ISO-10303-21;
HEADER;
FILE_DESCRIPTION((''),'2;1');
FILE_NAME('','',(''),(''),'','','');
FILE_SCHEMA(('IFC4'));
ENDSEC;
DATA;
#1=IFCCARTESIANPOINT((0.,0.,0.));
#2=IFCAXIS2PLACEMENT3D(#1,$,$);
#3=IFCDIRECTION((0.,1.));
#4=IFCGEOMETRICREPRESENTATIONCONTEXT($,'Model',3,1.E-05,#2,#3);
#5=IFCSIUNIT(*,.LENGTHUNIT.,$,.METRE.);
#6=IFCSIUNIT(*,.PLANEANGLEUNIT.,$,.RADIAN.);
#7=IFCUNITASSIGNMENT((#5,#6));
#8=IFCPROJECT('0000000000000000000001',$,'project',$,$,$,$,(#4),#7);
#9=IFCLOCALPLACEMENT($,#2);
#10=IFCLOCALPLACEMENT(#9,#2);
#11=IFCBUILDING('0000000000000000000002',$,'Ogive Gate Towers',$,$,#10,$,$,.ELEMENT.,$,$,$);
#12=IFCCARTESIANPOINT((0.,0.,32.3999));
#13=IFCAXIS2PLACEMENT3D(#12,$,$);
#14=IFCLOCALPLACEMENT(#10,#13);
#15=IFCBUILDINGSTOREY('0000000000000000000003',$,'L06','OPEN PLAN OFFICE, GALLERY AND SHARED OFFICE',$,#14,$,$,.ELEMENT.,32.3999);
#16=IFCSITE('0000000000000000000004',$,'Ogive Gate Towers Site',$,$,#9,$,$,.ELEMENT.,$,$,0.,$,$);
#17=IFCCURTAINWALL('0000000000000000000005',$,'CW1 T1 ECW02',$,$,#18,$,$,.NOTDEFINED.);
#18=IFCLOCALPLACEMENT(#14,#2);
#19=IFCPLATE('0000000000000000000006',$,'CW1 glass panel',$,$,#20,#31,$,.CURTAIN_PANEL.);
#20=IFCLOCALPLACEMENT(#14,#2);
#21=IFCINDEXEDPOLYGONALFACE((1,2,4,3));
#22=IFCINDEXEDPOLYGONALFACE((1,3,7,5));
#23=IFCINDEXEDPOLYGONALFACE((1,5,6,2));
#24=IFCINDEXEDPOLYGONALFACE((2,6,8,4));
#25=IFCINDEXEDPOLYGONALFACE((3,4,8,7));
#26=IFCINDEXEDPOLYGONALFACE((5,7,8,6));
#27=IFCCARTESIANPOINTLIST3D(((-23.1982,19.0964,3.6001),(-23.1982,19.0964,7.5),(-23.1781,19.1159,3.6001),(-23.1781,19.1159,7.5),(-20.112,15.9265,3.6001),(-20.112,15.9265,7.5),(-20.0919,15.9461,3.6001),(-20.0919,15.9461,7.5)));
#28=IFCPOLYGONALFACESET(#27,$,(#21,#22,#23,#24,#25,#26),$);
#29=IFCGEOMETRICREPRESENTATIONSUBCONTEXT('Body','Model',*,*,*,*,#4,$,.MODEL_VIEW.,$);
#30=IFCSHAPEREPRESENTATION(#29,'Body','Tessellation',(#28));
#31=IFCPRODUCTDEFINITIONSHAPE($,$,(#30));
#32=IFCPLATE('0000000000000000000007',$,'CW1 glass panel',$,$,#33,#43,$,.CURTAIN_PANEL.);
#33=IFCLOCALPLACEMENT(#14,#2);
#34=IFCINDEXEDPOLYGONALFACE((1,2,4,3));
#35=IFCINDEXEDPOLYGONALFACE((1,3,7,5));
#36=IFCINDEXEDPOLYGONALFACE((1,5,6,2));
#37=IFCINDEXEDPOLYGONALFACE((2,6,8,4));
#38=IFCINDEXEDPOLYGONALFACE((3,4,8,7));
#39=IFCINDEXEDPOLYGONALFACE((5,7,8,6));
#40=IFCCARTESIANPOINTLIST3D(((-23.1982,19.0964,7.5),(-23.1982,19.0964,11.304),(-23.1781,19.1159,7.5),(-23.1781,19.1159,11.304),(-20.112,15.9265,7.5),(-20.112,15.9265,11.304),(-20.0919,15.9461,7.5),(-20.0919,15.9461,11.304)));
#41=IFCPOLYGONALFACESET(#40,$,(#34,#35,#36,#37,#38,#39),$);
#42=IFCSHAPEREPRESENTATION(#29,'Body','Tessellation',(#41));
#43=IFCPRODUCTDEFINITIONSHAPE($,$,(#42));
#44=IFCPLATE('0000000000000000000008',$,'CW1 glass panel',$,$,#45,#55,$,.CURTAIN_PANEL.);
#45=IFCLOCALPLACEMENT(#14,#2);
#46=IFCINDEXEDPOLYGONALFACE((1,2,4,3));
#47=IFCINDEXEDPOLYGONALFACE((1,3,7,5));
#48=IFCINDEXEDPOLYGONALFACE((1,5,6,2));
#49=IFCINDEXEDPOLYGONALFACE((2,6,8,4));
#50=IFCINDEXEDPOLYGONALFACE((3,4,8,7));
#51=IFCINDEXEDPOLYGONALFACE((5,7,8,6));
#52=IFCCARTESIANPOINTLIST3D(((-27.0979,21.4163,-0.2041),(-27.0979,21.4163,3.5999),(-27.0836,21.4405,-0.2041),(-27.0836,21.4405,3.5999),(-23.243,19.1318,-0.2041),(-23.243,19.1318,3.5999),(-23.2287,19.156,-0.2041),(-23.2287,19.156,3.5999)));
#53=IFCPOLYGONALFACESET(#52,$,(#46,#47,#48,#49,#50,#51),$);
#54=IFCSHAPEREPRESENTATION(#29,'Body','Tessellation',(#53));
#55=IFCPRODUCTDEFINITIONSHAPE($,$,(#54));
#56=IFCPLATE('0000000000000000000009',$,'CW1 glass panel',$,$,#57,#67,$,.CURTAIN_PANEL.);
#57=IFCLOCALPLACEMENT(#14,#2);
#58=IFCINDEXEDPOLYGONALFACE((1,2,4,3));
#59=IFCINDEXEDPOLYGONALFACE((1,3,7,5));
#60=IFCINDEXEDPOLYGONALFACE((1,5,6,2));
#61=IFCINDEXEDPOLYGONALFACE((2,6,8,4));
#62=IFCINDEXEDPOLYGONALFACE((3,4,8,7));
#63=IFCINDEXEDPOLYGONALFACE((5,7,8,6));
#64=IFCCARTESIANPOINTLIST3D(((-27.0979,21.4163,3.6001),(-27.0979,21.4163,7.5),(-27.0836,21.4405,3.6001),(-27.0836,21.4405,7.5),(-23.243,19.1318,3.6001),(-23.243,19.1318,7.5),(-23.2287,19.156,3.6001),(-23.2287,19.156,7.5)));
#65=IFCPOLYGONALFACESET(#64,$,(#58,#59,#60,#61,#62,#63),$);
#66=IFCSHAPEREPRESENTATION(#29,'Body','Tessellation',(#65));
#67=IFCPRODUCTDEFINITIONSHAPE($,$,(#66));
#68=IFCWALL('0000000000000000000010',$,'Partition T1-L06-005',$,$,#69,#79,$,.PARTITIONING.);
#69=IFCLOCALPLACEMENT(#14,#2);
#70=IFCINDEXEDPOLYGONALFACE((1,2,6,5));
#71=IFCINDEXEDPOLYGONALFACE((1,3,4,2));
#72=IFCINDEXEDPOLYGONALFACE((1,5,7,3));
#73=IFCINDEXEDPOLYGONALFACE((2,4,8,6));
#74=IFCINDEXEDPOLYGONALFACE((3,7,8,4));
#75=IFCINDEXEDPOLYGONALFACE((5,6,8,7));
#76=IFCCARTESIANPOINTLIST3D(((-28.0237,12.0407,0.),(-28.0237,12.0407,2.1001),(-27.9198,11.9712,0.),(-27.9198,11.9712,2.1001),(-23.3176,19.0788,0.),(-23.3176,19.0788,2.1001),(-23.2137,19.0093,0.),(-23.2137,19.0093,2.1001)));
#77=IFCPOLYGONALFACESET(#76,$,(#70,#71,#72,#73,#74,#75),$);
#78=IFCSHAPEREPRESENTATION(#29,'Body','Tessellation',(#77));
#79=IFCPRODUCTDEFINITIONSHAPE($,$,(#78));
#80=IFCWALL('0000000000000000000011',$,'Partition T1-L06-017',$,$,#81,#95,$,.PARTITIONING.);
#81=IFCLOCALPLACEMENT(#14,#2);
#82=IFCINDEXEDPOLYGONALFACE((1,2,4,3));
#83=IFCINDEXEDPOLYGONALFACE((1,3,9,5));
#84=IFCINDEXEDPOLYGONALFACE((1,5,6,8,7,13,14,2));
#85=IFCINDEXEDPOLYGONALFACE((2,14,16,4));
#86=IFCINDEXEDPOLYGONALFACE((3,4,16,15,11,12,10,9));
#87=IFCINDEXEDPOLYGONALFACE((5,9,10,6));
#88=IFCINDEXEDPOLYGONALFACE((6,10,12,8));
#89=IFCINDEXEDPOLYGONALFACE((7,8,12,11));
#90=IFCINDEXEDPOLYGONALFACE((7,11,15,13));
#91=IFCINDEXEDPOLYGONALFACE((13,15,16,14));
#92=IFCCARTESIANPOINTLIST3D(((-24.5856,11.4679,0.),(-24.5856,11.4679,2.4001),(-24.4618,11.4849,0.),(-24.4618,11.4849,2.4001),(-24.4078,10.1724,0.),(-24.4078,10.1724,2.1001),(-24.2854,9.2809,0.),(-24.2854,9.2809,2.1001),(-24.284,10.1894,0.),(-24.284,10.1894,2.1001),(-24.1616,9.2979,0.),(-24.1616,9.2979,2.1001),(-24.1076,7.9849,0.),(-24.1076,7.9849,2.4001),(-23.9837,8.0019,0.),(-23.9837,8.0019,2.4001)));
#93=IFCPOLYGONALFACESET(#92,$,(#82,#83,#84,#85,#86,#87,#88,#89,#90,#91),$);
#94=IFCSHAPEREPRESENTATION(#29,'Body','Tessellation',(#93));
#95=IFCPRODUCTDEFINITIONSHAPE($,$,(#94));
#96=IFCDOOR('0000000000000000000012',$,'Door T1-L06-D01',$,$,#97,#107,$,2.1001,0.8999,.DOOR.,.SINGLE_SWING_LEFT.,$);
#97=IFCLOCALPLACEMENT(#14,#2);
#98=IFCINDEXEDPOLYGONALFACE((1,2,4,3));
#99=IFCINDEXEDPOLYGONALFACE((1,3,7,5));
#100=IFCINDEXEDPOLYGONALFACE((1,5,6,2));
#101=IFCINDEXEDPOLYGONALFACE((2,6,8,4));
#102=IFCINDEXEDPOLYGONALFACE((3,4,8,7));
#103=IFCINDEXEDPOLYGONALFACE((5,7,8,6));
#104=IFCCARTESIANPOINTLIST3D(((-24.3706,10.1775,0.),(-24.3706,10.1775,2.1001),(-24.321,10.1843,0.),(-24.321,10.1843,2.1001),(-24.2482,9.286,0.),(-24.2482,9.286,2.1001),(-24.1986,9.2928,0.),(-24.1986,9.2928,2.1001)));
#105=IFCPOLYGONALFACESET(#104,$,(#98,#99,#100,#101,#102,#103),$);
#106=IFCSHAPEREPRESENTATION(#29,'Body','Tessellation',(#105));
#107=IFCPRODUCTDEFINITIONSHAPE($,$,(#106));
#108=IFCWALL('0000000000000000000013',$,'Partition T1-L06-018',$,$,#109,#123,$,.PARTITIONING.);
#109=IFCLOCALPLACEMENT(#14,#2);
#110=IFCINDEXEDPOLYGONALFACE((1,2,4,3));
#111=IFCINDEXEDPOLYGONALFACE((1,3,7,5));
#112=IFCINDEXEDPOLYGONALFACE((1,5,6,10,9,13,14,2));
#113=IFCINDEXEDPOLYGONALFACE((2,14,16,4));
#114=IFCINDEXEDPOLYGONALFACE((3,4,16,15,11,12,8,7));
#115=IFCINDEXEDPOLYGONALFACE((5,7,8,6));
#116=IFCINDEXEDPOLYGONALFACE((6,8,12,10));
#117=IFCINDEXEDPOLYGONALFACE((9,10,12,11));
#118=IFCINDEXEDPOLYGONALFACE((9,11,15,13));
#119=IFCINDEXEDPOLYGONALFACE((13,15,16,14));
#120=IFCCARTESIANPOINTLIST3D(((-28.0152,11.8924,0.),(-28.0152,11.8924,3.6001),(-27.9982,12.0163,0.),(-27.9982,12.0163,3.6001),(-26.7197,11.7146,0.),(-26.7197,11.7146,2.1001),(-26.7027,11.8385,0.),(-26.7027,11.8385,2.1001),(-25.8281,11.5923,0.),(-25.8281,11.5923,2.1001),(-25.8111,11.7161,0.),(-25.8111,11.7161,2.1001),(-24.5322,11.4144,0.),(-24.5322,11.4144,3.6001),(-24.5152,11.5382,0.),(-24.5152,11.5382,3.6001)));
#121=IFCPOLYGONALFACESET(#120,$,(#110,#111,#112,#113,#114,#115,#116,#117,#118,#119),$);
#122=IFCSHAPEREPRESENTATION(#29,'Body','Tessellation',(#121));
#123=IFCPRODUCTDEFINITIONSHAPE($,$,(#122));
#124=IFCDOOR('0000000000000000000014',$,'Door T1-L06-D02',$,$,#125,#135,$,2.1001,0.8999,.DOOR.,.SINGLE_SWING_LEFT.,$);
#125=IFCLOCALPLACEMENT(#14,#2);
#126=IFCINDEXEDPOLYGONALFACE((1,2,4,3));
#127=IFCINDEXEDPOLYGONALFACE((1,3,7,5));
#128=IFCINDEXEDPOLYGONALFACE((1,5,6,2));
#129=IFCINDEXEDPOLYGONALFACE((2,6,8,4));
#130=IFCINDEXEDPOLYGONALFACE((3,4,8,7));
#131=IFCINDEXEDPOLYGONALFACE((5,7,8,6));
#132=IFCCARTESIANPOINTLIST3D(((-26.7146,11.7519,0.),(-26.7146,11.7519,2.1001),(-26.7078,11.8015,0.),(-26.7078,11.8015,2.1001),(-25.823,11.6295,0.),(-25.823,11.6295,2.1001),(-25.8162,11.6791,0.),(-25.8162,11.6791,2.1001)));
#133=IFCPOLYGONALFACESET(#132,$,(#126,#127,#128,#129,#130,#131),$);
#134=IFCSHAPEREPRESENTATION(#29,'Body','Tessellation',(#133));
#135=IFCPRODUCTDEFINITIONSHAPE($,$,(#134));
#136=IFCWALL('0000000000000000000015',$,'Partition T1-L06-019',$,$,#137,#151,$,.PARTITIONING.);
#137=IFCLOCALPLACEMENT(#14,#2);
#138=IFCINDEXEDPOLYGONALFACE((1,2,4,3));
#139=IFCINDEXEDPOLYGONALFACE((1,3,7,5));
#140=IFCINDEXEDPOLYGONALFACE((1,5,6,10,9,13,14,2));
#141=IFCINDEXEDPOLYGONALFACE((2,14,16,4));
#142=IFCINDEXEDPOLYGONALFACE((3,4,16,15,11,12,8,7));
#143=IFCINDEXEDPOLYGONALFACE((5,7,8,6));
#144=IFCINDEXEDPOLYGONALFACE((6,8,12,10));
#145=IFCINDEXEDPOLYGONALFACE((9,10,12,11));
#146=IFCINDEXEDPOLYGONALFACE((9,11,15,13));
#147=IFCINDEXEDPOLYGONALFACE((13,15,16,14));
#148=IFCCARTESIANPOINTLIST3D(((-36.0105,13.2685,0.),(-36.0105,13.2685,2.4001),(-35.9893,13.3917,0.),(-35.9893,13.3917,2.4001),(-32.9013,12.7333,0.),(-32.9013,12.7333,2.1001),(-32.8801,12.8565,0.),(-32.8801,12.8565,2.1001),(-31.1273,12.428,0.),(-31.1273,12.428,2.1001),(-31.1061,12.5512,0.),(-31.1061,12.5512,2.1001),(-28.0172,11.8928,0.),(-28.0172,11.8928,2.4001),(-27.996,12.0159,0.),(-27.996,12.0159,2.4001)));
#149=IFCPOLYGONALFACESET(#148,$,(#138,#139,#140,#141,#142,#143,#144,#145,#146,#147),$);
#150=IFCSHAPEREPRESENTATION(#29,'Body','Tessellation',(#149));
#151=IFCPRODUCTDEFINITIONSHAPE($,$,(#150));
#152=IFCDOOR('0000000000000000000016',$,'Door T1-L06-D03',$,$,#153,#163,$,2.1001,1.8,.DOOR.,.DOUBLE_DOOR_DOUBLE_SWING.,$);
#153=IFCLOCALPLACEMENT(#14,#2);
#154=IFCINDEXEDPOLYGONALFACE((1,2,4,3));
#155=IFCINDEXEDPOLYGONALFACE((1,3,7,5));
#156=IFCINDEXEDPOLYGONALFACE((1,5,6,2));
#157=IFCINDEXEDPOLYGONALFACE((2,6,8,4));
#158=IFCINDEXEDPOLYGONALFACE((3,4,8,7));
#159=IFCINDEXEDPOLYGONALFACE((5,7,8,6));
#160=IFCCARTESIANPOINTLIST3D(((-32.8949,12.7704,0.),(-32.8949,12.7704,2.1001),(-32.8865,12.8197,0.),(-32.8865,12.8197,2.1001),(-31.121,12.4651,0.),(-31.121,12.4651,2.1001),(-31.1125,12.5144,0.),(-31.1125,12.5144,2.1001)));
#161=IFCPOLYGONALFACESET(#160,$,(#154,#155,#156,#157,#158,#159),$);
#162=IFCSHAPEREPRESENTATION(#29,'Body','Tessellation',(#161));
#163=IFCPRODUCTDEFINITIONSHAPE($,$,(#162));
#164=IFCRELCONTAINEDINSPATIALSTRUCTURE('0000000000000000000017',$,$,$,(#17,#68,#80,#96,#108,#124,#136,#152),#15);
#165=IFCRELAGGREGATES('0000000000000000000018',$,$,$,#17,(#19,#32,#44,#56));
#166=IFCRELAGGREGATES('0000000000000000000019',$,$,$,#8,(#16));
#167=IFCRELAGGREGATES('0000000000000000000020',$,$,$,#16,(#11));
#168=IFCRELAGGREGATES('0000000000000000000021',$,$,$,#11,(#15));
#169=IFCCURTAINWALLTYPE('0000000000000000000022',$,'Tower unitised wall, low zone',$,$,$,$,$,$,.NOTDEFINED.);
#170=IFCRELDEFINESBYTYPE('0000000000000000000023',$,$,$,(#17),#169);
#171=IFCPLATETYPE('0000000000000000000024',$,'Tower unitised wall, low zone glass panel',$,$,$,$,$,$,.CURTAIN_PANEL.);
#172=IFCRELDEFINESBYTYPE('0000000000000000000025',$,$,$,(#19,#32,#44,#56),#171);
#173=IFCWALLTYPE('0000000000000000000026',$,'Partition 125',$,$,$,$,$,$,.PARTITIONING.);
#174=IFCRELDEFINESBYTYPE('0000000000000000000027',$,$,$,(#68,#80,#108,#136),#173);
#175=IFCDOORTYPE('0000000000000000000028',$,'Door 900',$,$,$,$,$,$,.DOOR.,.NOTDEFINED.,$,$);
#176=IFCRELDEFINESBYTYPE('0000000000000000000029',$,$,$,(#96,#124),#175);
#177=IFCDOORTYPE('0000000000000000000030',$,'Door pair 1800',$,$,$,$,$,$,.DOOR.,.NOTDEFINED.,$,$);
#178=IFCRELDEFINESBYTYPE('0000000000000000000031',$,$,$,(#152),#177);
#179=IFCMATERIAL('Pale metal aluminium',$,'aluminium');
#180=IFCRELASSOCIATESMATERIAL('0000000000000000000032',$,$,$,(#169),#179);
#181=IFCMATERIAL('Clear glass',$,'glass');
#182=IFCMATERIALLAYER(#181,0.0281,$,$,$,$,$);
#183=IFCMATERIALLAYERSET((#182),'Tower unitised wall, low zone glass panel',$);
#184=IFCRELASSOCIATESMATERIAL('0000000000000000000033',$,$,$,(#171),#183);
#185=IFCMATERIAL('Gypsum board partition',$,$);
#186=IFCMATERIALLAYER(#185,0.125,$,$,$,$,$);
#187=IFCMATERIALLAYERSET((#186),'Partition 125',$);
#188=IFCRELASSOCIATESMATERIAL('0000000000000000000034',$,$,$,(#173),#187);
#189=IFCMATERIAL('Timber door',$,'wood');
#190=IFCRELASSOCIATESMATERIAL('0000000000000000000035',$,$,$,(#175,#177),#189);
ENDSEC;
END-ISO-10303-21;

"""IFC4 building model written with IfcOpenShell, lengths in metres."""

from ifc_helpers import new_model, si_unit, direction, frame, frame_2d, origin, origin_2d, place, context, subcontext, project, spatial, rectangle, extrude, material, layer, layer_set, type_object, element, fill, aggregate, save


model = new_model("IFC4")

# Units and contexts
model_context = context("Model", 3, precision=1e-05, world=origin(), true_north=direction((0.0, 1.0)))
body_context = subcontext(model_context, "Body", "Model", "MODEL_VIEW")
ifc_project = project(units=[si_unit("LENGTHUNIT", "METRE"), si_unit("PLANEANGLEUNIT", "RADIAN")], contexts=[model_context])

# Site, building, storey
site_placement = place(None, origin())
site = spatial("IfcSite", under=ifc_project, at=site_placement, Name="Ogive Gate Towers Site", CompositionType="ELEMENT", RefElevation=0.0)
building_placement = place(site_placement, origin())
building = spatial("IfcBuilding", under=site, at=building_placement, Name="Ogive Gate Towers", CompositionType="ELEMENT")
storey_placement = place(building_placement, frame((0.0, 0.0, 32.3999)))
storey = spatial("IfcBuildingStorey", under=building, at=storey_placement, Name="L06", Description="OPEN PLAN OFFICE, GALLERY AND SHARED OFFICE", CompositionType="ELEMENT", Elevation=32.3999)

# Curtain wall
ifc_material_1 = material(Name="Pale metal aluminium", Category="aluminium")
curtain_wall_type = type_object("IfcCurtainWallType", Name="Tower unitised wall, low zone", PredefinedType="NOTDEFINED", material=ifc_material_1)
curtain_wall_placement = place(storey_placement, origin())
curtain_wall = element("IfcCurtainWall", 1, at=curtain_wall_placement, inside=storey, type_object=curtain_wall_type, Name="CW1 T1 ECW02", PredefinedType="NOTDEFINED")

# Plates
ifc_material_2 = material(Name="Clear glass", Category="glass")
ifc_layer_1 = layer(ifc_material_2, 0.0281)
ifc_layer_set_1 = layer_set([ifc_layer_1], Name="Tower unitised wall, low zone glass panel")
plate_type = type_object("IfcPlateType", Name="Tower unitised wall, low zone glass panel", PredefinedType="CURTAIN_PANEL", material=ifc_layer_set_1)
plate_1_placement = place(storey_placement, frame((-21.645, 17.5212, 3.6001), z_axis=(0.0, 0.0, 1.0), x_axis=(-0.69759, 0.716497, 0.0)))
plate_1 = element("IfcPlate", 2, at=plate_1_placement, type_object=plate_type, Name="CW1 glass panel", PredefinedType="CURTAIN_PANEL", context=body_context, shape_type="SweptSolid", body=[
    extrude(rectangle(XDim=4.4241, YDim=0.0281, at=origin_2d()), origin(), (0.0, 0.0, 1.0), 3.8999),
])
plate_2_placement = place(storey_placement, frame((-21.645, 17.5212, 7.5), z_axis=(0.0, 0.0, 1.0), x_axis=(-0.69759, 0.716497, 0.0)))
plate_2 = element("IfcPlate", 3, at=plate_2_placement, type_object=plate_type, Name="CW1 glass panel", PredefinedType="CURTAIN_PANEL", context=body_context, shape_type="SweptSolid", body=[
    extrude(rectangle(XDim=4.4241, YDim=0.0281, at=origin_2d()), origin(), (0.0, 0.0, 1.0), 3.804),
])
plate_3_placement = place(storey_placement, frame((-25.1633, 20.2861, -0.2041), z_axis=(0.0, 0.0, 1.0), x_axis=(-0.86028, 0.509822, 0.0)))
plate_3 = element("IfcPlate", 4, at=plate_3_placement, type_object=plate_type, Name="CW1 glass panel", PredefinedType="CURTAIN_PANEL", context=body_context, shape_type="SweptSolid", body=[
    extrude(rectangle(XDim=4.481, YDim=0.0281, at=origin_2d()), origin(), (0.0, 0.0, 1.0), 3.804),
])
plate_4_placement = place(storey_placement, frame((-25.1633, 20.2861, 3.6001), z_axis=(0.0, 0.0, 1.0), x_axis=(-0.86028, 0.509822, 0.0)))
plate_4 = element("IfcPlate", 5, at=plate_4_placement, type_object=plate_type, Name="CW1 glass panel", PredefinedType="CURTAIN_PANEL", context=body_context, shape_type="SweptSolid", body=[
    extrude(rectangle(XDim=4.481, YDim=0.0281, at=origin_2d()), origin(), (0.0, 0.0, 1.0), 3.8999),
])
aggregate(curtain_wall, [plate_1, plate_2, plate_3, plate_4])

# Wall
ifc_material_3 = material(Name="Gypsum board partition")
ifc_layer_2 = layer(ifc_material_3, 0.125)
ifc_layer_set_2 = layer_set([ifc_layer_2], Name="Partition 125")
wall_type_1 = type_object("IfcWallType", Name="Partition 125", PredefinedType="PARTITIONING", material=ifc_layer_set_2)
wall_1_placement = place(storey_placement, frame((-23.2656, 19.0442, 0.0), z_axis=(0.0, 0.0, 1.0), x_axis=(-0.555844, -0.831286, 0.0)))
element("IfcWall", 6, at=wall_1_placement, inside=storey, type_object=wall_type_1, Name="Partition T1-L06-005", PredefinedType="PARTITIONING", context=body_context, shape_type="SweptSolid", body=[
    extrude(rectangle(XDim=8.4666, YDim=0.125, at=frame_2d((4.2334, 0.0))), origin(), (0.0, 0.0, 1.0), 2.1001),
])

# Walls, openings, doors
wall_2_placement = place(storey_placement, frame((-24.0457, 7.9934, 0.0), z_axis=(0.0, 0.0, 1.0), x_axis=(-0.135975, 0.990712, 0.0)))
wall_2 = element("IfcWall", 7, at=wall_2_placement, inside=storey, type_object=wall_type_1, Name="Partition T1-L06-017", PredefinedType="PARTITIONING", context=body_context, shape_type="SweptSolid", body=[
    extrude(rectangle(XDim=3.5156, YDim=0.125, at=frame_2d((1.7578, 0.0))), origin(), (0.0, 0.0, 1.0), 2.4001),
])
opening_1_placement = place(wall_2_placement, frame((1.3081, 0.0, 0.0)))
opening_1 = element("IfcOpeningElement", 8, at=opening_1_placement, cuts=wall_2, PredefinedType="OPENING", context=body_context, shape_type="SweptSolid", body=[
    extrude(rectangle(XDim=0.8999, YDim=2.1001, at=frame_2d((0.45, 1.05))), frame((0.0, 0.0725, 0.0), z_axis=(0.0, -1.0, 0.0), x_axis=(1.0, 0.0, 0.0)), (0.0, 0.0, 1.0), 0.145),
])
ifc_material_4 = material(Name="Timber door", Category="wood")
door_type_1 = type_object("IfcDoorType", Name="Door 900", OperationType="NOTDEFINED", PredefinedType="DOOR", material=ifc_material_4)
door_1_placement = place(opening_1_placement, origin())
door_1 = element("IfcDoor", 9, at=door_1_placement, inside=storey, type_object=door_type_1, Name="Door T1-L06-D01", OperationType="SINGLE_SWING_LEFT", OverallHeight=2.1001, OverallWidth=0.8999, PredefinedType="DOOR", context=body_context, shape_type="SweptSolid", body=[
    extrude(rectangle(XDim=0.8999, YDim=2.1001, at=frame_2d((0.45, 1.05))), frame((0.0, 0.0249, 0.0), z_axis=(0.0, -1.0, 0.0), x_axis=(1.0, 0.0, 0.0)), (0.0, 0.0, 1.0), 0.05),
])
fill(opening_1, door_1)
wall_3_placement = place(storey_placement, frame((-24.5237, 11.4763, 0.0), z_axis=(0.0, 0.0, 1.0), x_axis=(-0.990712, 0.135975, 0.0)))
wall_3 = element("IfcWall", 10, at=wall_3_placement, inside=storey, type_object=wall_type_1, Name="Partition T1-L06-018", PredefinedType="PARTITIONING", context=body_context, shape_type="SweptSolid", body=[
    extrude(rectangle(XDim=3.5156, YDim=0.125, at=frame_2d((1.7578, 0.0))), origin(), (0.0, 0.0, 1.0), 3.6001),
])
opening_2_placement = place(wall_3_placement, frame((1.3081, 0.0, 0.0)))
opening_2 = element("IfcOpeningElement", 11, at=opening_2_placement, cuts=wall_3, PredefinedType="OPENING", context=body_context, shape_type="SweptSolid", body=[
    extrude(rectangle(XDim=0.8999, YDim=2.1001, at=frame_2d((0.45, 1.05))), frame((0.0, 0.0725, 0.0), z_axis=(0.0, -1.0, 0.0), x_axis=(1.0, 0.0, 0.0)), (0.0, 0.0, 1.0), 0.145),
])
door_2_placement = place(opening_2_placement, origin())
door_2 = element("IfcDoor", 12, at=door_2_placement, inside=storey, type_object=door_type_1, Name="Door T1-L06-D02", OperationType="SINGLE_SWING_LEFT", OverallHeight=2.1001, OverallWidth=0.8999, PredefinedType="DOOR", context=body_context, shape_type="SweptSolid", body=[
    extrude(rectangle(XDim=0.8999, YDim=2.1001, at=frame_2d((0.45, 1.05))), frame((0.0, 0.0249, 0.0), z_axis=(0.0, -1.0, 0.0), x_axis=(1.0, 0.0, 0.0)), (0.0, 0.0, 1.0), 0.05),
])
fill(opening_2, door_2)
wall_4_placement = place(storey_placement, frame((-28.0066, 11.9543, 0.0), z_axis=(0.0, 0.0, 1.0), x_axis=(-0.98551, 0.169615, 0.0)))
wall_4 = element("IfcWall", 13, at=wall_4_placement, inside=storey, type_object=wall_type_1, Name="Partition T1-L06-019", PredefinedType="PARTITIONING", context=body_context, shape_type="SweptSolid", body=[
    extrude(rectangle(XDim=8.1108, YDim=0.125, at=frame_2d((4.0554, 0.0))), origin(), (0.0, 0.0, 1.0), 2.4001),
])
opening_3_placement = place(wall_4_placement, frame((3.156, 0.0, 0.0)))
opening_3 = element("IfcOpeningElement", 14, at=opening_3_placement, cuts=wall_4, PredefinedType="OPENING", context=body_context, shape_type="SweptSolid", body=[
    extrude(rectangle(XDim=1.8, YDim=2.1001, at=frame_2d((0.8999, 1.05))), frame((0.0, 0.0725, 0.0), z_axis=(0.0, -1.0, 0.0), x_axis=(1.0, 0.0, 0.0)), (0.0, 0.0, 1.0), 0.145),
])
door_type_2 = type_object("IfcDoorType", Name="Door pair 1800", OperationType="NOTDEFINED", PredefinedType="DOOR", material=ifc_material_4)
door_3_placement = place(opening_3_placement, origin())
door_3 = element("IfcDoor", 15, at=door_3_placement, inside=storey, type_object=door_type_2, Name="Door T1-L06-D03", OperationType="DOUBLE_DOOR_DOUBLE_SWING", OverallHeight=2.1001, OverallWidth=1.8, PredefinedType="DOOR", context=body_context, shape_type="SweptSolid", body=[
    extrude(rectangle(XDim=1.8, YDim=2.1001, at=frame_2d((0.8999, 1.05))), frame((0.0, 0.0249, 0.0), z_axis=(0.0, -1.0, 0.0), x_axis=(1.0, 0.0, 0.0)), (0.0, 0.0, 1.0), 0.05),
])
fill(opening_3, door_3)

save(model, "model.ifc")
